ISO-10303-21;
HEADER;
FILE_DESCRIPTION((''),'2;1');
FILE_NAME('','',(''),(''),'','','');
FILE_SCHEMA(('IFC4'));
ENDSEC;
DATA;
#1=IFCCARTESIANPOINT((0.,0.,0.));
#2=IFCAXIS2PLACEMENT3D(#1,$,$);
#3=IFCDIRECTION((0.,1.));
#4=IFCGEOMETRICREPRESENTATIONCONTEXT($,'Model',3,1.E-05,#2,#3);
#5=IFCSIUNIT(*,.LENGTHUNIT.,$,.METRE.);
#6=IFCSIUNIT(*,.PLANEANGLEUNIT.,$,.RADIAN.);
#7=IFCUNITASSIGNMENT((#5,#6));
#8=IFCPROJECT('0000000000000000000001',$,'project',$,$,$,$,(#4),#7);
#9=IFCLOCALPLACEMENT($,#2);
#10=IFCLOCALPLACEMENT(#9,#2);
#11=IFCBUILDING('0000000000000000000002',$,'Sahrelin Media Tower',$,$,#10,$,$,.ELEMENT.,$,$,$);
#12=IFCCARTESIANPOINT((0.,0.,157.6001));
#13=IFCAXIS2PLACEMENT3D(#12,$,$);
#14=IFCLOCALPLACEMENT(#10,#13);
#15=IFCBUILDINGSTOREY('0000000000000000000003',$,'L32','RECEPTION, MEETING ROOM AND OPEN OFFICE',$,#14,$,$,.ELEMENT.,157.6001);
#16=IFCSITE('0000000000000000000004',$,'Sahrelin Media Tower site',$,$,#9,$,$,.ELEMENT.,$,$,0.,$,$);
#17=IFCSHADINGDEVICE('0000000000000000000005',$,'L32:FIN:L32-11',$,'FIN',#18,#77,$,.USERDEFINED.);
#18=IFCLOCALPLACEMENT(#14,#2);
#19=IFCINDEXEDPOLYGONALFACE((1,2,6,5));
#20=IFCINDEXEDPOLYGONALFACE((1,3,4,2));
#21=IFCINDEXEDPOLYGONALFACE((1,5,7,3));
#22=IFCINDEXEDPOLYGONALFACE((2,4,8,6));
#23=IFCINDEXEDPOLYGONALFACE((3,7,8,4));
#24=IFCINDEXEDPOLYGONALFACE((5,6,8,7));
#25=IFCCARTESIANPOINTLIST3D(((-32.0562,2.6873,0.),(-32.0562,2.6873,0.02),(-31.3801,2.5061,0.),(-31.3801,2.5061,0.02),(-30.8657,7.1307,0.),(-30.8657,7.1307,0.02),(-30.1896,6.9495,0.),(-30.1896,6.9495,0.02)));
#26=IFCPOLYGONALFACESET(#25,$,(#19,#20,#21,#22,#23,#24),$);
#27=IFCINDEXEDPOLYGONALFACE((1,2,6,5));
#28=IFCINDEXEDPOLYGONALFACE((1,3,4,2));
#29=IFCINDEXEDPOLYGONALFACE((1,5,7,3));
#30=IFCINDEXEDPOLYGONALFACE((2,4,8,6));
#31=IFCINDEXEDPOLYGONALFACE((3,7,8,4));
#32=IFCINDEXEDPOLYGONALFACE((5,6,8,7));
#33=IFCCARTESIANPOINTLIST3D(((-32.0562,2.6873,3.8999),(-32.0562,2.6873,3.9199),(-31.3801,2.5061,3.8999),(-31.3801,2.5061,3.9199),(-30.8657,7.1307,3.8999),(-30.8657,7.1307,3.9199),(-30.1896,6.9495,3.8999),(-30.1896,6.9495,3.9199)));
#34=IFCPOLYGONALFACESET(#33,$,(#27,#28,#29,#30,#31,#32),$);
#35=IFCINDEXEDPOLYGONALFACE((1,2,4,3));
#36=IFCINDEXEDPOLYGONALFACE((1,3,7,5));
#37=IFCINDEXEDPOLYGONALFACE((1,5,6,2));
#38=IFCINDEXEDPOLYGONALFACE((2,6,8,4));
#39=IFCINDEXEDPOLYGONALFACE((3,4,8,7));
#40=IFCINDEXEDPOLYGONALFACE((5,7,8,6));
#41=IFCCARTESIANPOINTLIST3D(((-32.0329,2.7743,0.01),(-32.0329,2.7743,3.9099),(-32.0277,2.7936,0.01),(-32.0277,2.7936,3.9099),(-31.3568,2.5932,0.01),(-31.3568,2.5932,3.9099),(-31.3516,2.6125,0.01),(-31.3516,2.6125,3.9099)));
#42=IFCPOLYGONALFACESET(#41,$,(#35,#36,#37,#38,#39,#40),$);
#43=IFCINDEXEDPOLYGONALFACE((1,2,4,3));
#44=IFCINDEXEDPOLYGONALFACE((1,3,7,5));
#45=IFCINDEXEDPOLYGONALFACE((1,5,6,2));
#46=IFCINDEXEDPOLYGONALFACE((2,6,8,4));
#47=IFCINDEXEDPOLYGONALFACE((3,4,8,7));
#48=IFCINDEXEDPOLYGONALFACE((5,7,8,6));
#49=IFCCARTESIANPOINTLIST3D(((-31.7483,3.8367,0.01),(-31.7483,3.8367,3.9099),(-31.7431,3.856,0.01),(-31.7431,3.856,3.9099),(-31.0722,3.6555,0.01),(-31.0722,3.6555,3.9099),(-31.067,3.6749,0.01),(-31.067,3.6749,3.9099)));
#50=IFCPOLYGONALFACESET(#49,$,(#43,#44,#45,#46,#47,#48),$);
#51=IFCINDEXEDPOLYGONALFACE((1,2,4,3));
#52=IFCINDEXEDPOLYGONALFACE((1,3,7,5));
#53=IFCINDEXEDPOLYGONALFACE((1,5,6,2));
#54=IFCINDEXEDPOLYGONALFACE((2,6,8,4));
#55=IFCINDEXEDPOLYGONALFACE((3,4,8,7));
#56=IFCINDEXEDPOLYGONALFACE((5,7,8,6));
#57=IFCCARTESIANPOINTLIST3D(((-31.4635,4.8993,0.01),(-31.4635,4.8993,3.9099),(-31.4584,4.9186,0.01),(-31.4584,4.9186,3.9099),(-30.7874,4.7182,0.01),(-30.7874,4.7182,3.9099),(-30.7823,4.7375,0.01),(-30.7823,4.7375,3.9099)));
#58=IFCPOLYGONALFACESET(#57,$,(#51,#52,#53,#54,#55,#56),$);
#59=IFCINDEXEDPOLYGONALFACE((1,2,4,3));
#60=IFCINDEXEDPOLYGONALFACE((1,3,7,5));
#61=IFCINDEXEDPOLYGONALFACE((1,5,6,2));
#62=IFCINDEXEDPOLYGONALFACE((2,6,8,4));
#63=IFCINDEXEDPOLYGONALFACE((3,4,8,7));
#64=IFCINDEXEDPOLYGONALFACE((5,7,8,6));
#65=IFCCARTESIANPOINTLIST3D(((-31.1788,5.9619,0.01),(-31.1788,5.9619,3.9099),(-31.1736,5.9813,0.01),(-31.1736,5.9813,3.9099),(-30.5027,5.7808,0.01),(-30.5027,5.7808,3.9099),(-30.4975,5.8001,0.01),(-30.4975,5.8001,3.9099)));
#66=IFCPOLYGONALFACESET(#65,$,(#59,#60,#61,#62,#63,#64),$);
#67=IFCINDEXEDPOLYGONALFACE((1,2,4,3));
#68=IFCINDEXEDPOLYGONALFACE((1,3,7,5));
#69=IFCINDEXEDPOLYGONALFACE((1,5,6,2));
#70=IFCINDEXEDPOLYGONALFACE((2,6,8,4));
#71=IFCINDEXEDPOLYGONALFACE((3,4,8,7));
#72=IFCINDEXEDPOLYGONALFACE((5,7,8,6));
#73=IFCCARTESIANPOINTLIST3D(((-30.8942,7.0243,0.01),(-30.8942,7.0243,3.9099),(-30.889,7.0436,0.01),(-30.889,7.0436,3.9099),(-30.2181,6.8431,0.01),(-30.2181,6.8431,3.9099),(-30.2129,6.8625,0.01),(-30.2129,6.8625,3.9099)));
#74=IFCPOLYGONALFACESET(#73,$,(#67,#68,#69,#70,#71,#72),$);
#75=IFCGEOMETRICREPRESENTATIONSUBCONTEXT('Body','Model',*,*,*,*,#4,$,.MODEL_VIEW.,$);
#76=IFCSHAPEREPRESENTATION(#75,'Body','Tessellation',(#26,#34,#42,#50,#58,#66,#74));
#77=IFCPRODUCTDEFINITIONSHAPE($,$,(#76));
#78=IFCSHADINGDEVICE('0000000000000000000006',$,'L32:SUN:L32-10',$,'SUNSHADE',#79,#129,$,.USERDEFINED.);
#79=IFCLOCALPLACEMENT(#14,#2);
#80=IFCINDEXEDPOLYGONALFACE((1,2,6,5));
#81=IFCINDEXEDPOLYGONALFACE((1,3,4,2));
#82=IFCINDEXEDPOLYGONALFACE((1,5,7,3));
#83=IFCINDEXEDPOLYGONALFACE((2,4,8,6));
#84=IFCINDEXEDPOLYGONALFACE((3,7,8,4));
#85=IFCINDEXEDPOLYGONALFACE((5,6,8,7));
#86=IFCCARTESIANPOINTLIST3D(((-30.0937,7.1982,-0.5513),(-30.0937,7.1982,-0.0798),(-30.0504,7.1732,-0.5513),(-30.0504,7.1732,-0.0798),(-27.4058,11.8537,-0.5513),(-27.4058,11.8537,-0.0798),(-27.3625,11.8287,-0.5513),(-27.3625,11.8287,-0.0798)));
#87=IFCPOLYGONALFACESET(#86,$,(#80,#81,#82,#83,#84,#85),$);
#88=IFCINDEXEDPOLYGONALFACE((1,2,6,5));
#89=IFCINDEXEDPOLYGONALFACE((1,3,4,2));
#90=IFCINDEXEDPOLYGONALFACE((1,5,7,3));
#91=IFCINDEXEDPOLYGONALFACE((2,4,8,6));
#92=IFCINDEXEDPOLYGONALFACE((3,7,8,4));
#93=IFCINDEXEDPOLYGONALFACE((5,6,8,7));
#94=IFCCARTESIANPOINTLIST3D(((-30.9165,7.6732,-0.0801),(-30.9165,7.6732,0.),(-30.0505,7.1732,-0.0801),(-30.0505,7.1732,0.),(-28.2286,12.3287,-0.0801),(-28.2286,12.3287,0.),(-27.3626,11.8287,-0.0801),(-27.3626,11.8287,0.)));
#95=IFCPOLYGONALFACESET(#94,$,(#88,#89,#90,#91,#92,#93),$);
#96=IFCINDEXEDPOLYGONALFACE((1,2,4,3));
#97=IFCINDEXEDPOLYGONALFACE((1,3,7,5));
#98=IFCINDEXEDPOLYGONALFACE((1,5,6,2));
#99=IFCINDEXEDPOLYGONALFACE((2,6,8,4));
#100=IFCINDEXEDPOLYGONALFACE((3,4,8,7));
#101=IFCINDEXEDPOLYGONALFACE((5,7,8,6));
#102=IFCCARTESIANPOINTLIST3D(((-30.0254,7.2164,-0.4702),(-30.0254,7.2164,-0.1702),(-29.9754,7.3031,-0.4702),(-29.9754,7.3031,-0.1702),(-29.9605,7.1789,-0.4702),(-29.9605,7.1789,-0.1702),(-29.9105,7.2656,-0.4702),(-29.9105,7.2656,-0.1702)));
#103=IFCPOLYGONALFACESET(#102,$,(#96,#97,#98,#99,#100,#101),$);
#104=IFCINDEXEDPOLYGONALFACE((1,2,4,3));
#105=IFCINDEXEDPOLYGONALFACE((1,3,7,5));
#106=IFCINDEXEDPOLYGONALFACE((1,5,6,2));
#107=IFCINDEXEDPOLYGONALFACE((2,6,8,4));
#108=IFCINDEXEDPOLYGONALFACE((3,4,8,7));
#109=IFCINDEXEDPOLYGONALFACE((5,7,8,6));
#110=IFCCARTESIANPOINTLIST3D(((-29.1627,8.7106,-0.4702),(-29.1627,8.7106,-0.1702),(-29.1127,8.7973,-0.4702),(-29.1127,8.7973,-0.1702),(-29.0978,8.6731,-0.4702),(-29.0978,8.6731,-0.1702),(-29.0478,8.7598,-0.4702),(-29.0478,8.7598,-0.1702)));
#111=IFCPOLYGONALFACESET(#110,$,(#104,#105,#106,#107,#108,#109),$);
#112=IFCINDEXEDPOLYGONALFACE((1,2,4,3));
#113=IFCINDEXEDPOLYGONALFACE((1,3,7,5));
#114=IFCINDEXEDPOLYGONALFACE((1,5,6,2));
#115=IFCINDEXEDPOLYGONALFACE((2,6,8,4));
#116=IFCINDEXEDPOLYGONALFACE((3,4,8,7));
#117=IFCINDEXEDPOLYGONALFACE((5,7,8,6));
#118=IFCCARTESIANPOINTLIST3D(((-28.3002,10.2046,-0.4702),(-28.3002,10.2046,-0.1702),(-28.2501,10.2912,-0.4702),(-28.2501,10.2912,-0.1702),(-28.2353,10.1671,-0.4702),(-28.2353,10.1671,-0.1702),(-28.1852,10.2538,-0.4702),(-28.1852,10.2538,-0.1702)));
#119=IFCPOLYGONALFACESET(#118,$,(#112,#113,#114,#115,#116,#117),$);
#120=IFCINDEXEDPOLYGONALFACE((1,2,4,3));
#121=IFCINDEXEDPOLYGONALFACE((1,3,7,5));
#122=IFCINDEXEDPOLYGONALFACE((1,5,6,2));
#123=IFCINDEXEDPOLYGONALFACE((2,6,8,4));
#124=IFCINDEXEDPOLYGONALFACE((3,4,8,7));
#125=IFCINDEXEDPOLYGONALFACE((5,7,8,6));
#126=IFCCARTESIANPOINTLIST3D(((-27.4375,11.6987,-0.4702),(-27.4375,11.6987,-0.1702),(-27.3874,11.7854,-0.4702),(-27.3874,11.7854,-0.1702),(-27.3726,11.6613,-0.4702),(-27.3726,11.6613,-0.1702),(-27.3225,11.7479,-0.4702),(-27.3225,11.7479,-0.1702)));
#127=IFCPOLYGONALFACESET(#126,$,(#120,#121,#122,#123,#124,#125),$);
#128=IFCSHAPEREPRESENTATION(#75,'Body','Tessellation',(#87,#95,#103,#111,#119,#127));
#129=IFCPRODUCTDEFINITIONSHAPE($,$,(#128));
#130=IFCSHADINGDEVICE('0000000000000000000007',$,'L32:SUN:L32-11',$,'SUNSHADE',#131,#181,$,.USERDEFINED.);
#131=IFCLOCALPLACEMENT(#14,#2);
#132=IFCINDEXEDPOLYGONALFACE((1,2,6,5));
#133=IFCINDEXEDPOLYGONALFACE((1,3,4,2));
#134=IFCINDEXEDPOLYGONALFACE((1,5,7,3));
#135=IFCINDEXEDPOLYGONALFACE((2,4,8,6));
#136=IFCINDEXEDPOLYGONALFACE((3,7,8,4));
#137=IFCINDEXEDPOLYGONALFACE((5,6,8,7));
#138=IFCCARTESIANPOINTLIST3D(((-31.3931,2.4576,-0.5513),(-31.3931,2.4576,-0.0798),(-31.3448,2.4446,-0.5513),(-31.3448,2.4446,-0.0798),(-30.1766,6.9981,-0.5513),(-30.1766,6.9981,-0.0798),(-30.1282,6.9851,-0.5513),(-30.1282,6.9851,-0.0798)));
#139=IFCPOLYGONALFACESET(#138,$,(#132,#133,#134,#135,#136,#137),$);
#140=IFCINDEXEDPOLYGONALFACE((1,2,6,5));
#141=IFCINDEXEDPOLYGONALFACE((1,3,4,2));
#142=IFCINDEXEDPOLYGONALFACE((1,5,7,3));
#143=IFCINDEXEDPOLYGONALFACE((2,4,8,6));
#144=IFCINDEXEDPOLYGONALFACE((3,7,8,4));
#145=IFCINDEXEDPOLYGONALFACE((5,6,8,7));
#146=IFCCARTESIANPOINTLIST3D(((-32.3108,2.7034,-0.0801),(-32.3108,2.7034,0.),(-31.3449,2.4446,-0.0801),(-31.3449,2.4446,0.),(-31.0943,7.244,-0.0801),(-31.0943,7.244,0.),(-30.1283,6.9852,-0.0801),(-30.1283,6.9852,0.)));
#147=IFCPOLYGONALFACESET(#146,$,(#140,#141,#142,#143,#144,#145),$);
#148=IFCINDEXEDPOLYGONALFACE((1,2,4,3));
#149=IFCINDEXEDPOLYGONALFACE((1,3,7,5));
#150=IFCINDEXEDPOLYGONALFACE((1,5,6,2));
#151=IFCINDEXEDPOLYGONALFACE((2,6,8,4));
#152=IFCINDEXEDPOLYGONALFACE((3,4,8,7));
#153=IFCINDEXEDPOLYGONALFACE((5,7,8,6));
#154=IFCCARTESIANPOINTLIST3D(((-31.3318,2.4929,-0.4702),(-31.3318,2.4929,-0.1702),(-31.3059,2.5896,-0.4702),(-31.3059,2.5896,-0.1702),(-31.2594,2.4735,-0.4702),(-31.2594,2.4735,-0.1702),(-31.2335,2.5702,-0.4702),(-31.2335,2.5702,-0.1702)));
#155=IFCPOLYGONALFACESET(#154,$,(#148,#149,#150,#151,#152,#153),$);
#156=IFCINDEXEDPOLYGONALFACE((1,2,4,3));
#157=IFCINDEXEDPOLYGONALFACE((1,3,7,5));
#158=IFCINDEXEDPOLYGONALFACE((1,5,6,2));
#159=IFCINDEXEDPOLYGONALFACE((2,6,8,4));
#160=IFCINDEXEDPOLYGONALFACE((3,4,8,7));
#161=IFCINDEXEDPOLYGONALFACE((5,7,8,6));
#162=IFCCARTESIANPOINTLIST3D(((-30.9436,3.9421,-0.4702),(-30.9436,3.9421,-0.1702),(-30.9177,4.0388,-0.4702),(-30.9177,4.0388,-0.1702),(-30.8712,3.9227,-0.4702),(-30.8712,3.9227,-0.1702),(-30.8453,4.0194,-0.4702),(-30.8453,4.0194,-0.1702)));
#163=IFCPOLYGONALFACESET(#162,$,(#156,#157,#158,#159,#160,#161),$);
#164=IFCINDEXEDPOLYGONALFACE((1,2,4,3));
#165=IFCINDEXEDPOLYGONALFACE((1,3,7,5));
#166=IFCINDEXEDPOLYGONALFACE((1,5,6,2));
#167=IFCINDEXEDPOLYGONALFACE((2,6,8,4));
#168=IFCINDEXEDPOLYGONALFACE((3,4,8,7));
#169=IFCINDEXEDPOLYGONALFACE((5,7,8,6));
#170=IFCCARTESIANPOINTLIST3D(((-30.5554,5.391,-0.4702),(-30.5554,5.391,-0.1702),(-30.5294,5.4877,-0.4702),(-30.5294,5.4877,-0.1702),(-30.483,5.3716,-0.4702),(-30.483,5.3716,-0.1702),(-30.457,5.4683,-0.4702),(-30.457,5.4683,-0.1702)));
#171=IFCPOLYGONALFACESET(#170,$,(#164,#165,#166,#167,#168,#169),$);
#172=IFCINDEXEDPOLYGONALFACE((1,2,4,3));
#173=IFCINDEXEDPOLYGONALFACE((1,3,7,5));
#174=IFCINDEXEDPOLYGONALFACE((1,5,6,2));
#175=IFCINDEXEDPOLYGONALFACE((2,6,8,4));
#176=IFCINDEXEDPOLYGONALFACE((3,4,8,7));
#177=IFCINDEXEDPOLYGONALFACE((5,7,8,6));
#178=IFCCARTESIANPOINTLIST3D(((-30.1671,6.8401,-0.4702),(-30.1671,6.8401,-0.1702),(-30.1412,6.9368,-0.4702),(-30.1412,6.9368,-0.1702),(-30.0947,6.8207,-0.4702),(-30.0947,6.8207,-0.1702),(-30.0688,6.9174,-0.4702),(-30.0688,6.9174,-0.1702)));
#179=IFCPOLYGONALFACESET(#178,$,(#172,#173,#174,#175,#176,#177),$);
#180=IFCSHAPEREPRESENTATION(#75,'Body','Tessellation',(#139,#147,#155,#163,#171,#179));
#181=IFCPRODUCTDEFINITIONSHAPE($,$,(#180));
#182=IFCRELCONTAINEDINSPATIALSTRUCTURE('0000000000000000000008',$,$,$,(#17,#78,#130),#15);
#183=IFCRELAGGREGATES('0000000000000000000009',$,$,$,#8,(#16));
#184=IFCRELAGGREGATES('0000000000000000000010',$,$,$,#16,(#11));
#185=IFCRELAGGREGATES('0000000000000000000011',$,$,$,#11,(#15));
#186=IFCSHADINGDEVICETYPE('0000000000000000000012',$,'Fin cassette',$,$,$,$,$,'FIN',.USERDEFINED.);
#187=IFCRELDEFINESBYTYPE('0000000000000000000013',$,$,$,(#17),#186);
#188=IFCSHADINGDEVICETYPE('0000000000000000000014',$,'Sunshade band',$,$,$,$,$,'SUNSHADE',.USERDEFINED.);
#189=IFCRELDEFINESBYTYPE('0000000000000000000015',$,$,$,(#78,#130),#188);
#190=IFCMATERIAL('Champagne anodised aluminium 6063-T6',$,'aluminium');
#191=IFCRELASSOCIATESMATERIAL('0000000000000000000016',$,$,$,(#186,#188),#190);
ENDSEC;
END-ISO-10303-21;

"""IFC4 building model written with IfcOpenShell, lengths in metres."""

from ifc_helpers import new_model, si_unit, direction, frame, origin, origin_2d, place, context, subcontext, project, spatial, rectangle, extrude, material, type_object, element, save


model = new_model("IFC4")

# Units and contexts
model_context = context("Model", 3, precision=1e-05, world=origin(), true_north=direction((0.0, 1.0)))
body_context = subcontext(model_context, "Body", "Model", "MODEL_VIEW")
ifc_project = project(units=[si_unit("LENGTHUNIT", "METRE"), si_unit("PLANEANGLEUNIT", "RADIAN")], contexts=[model_context])

# Site, building, storey
site_placement = place(None, origin())
site = spatial("IfcSite", under=ifc_project, at=site_placement, Name="Sahrelin Media Tower site", CompositionType="ELEMENT", RefElevation=0.0)
building_placement = place(site_placement, origin())
building = spatial("IfcBuilding", under=site, at=building_placement, Name="Sahrelin Media Tower", CompositionType="ELEMENT")
storey_placement = place(building_placement, frame((0.0, 0.0, 157.6001)))
storey = spatial("IfcBuildingStorey", under=building, at=storey_placement, Name="L32", Description="RECEPTION, MEETING ROOM AND OPEN OFFICE", CompositionType="ELEMENT", Elevation=157.6001)

# Shared definitions
ifc_material_1 = material(Name="Champagne anodised aluminium 6063-T6", Category="aluminium")

# Shading devices
shading_device_type_1 = type_object("IfcShadingDeviceType", Name="Fin cassette", ElementType="FIN", PredefinedType="USERDEFINED", material=ifc_material_1)
placement_1 = place(storey_placement, frame((-28.6892, 9.491, 0.0), z_axis=(0.0, 0.0, 1.0), x_axis=(0.500011, 0.866019, 0.0)))
placement_2 = place(storey_placement, frame((-30.7173, 4.7097, 0.0), z_axis=(0.0, 0.0, 1.0), x_axis=(0.258808, 0.965929, 0.0)))
element("IfcShadingDevice", 1, at=placement_2, inside=storey, type_object=shading_device_type_1, Name="L32:FIN:L32-11", ObjectType="FIN", PredefinedType="USERDEFINED", context=body_context, shape_type="SweptSolid", body=[
    extrude(rectangle(XDim=4.6001, YDim=0.7, at=origin_2d()), frame((0.0, 0.4199, 0.0)), (0.0, 0.0, 1.0), 0.02),
    extrude(rectangle(XDim=4.6001, YDim=0.7, at=origin_2d()), frame((0.0, 0.4199, 3.8999)), (0.0, 0.0, 1.0), 0.02),
    extrude(rectangle(XDim=0.02, YDim=0.7, at=origin_2d()), frame((-2.2, 0.4199, 0.01), z_axis=(0.0, 0.0, 1.0), x_axis=(1.0, 0.0, 0.0)), (0.0, 0.0, 1.0), 3.8999),
    extrude(rectangle(XDim=0.02, YDim=0.7, at=origin_2d()), frame((-1.1001, 0.4199, 0.01), z_axis=(0.0, 0.0, 1.0), x_axis=(1.0, 0.0, 0.0)), (0.0, 0.0, 1.0), 3.8999),
    extrude(rectangle(XDim=0.02, YDim=0.7, at=origin_2d()), frame((0.0, 0.4199, 0.01), z_axis=(0.0, 0.0, 1.0), x_axis=(1.0, 0.0, 0.0)), (0.0, 0.0, 1.0), 3.8999),
    extrude(rectangle(XDim=0.02, YDim=0.7, at=origin_2d()), frame((1.1001, 0.4199, 0.01), z_axis=(0.0, 0.0, 1.0), x_axis=(1.0, 0.0, 0.0)), (0.0, 0.0, 1.0), 3.8999),
    extrude(rectangle(XDim=0.02, YDim=0.7, at=origin_2d()), frame((2.2, 0.4199, 0.01), z_axis=(0.0, 0.0, 1.0), x_axis=(1.0, 0.0, 0.0)), (0.0, 0.0, 1.0), 3.8999),
])
shading_device_type_2 = type_object("IfcShadingDeviceType", Name="Sunshade band", ElementType="SUNSHADE", PredefinedType="USERDEFINED", material=ifc_material_1)
element("IfcShadingDevice", 2, at=placement_1, inside=storey, type_object=shading_device_type_2, Name="L32:SUN:L32-10", ObjectType="SUNSHADE", PredefinedType="USERDEFINED", context=body_context, shape_type="SweptSolid", body=[
    extrude(rectangle(XDim=5.3757, YDim=0.05, at=origin_2d()), frame((0.0, 0.0449, -0.5513)), (0.0, 0.0, 1.0), 0.4714),
    extrude(rectangle(XDim=5.3757, YDim=1.0, at=origin_2d()), frame((0.0, 0.52, -0.0801)), (0.0, 0.0, 1.0), 0.0801),
    extrude(rectangle(XDim=0.1001, YDim=0.075, at=origin_2d()), frame((-2.5879, -0.0176, -0.4702)), (0.0, 0.0, 1.0), 0.3),
    extrude(rectangle(XDim=0.1001, YDim=0.075, at=origin_2d()), frame((-0.8625, -0.0176, -0.4702)), (0.0, 0.0, 1.0), 0.3),
    extrude(rectangle(XDim=0.1001, YDim=0.075, at=origin_2d()), frame((0.8625, -0.0176, -0.4702)), (0.0, 0.0, 1.0), 0.3),
    extrude(rectangle(XDim=0.1001, YDim=0.075, at=origin_2d()), frame((2.5879, -0.0176, -0.4702)), (0.0, 0.0, 1.0), 0.3),
])
element("IfcShadingDevice", 3, at=placement_2, inside=storey, type_object=shading_device_type_2, Name="L32:SUN:L32-11", ObjectType="SUNSHADE", PredefinedType="USERDEFINED", context=body_context, shape_type="SweptSolid", body=[
    extrude(rectangle(XDim=4.7007, YDim=0.05, at=origin_2d()), frame((0.0, 0.0449, -0.5513)), (0.0, 0.0, 1.0), 0.4714),
    extrude(rectangle(XDim=4.7007, YDim=1.0, at=origin_2d()), frame((0.0, 0.52, -0.0801)), (0.0, 0.0, 1.0), 0.0801),
    extrude(rectangle(XDim=0.1001, YDim=0.075, at=origin_2d()), frame((-2.2502, -0.0176, -0.4702)), (0.0, 0.0, 1.0), 0.3),
    extrude(rectangle(XDim=0.1001, YDim=0.075, at=origin_2d()), frame((-0.75, -0.0176, -0.4702)), (0.0, 0.0, 1.0), 0.3),
    extrude(rectangle(XDim=0.1001, YDim=0.075, at=origin_2d()), frame((0.75, -0.0176, -0.4702)), (0.0, 0.0, 1.0), 0.3),
    extrude(rectangle(XDim=0.1001, YDim=0.075, at=origin_2d()), frame((2.2502, -0.0176, -0.4702)), (0.0, 0.0, 1.0), 0.3),
])

save(model, "model.ifc")
